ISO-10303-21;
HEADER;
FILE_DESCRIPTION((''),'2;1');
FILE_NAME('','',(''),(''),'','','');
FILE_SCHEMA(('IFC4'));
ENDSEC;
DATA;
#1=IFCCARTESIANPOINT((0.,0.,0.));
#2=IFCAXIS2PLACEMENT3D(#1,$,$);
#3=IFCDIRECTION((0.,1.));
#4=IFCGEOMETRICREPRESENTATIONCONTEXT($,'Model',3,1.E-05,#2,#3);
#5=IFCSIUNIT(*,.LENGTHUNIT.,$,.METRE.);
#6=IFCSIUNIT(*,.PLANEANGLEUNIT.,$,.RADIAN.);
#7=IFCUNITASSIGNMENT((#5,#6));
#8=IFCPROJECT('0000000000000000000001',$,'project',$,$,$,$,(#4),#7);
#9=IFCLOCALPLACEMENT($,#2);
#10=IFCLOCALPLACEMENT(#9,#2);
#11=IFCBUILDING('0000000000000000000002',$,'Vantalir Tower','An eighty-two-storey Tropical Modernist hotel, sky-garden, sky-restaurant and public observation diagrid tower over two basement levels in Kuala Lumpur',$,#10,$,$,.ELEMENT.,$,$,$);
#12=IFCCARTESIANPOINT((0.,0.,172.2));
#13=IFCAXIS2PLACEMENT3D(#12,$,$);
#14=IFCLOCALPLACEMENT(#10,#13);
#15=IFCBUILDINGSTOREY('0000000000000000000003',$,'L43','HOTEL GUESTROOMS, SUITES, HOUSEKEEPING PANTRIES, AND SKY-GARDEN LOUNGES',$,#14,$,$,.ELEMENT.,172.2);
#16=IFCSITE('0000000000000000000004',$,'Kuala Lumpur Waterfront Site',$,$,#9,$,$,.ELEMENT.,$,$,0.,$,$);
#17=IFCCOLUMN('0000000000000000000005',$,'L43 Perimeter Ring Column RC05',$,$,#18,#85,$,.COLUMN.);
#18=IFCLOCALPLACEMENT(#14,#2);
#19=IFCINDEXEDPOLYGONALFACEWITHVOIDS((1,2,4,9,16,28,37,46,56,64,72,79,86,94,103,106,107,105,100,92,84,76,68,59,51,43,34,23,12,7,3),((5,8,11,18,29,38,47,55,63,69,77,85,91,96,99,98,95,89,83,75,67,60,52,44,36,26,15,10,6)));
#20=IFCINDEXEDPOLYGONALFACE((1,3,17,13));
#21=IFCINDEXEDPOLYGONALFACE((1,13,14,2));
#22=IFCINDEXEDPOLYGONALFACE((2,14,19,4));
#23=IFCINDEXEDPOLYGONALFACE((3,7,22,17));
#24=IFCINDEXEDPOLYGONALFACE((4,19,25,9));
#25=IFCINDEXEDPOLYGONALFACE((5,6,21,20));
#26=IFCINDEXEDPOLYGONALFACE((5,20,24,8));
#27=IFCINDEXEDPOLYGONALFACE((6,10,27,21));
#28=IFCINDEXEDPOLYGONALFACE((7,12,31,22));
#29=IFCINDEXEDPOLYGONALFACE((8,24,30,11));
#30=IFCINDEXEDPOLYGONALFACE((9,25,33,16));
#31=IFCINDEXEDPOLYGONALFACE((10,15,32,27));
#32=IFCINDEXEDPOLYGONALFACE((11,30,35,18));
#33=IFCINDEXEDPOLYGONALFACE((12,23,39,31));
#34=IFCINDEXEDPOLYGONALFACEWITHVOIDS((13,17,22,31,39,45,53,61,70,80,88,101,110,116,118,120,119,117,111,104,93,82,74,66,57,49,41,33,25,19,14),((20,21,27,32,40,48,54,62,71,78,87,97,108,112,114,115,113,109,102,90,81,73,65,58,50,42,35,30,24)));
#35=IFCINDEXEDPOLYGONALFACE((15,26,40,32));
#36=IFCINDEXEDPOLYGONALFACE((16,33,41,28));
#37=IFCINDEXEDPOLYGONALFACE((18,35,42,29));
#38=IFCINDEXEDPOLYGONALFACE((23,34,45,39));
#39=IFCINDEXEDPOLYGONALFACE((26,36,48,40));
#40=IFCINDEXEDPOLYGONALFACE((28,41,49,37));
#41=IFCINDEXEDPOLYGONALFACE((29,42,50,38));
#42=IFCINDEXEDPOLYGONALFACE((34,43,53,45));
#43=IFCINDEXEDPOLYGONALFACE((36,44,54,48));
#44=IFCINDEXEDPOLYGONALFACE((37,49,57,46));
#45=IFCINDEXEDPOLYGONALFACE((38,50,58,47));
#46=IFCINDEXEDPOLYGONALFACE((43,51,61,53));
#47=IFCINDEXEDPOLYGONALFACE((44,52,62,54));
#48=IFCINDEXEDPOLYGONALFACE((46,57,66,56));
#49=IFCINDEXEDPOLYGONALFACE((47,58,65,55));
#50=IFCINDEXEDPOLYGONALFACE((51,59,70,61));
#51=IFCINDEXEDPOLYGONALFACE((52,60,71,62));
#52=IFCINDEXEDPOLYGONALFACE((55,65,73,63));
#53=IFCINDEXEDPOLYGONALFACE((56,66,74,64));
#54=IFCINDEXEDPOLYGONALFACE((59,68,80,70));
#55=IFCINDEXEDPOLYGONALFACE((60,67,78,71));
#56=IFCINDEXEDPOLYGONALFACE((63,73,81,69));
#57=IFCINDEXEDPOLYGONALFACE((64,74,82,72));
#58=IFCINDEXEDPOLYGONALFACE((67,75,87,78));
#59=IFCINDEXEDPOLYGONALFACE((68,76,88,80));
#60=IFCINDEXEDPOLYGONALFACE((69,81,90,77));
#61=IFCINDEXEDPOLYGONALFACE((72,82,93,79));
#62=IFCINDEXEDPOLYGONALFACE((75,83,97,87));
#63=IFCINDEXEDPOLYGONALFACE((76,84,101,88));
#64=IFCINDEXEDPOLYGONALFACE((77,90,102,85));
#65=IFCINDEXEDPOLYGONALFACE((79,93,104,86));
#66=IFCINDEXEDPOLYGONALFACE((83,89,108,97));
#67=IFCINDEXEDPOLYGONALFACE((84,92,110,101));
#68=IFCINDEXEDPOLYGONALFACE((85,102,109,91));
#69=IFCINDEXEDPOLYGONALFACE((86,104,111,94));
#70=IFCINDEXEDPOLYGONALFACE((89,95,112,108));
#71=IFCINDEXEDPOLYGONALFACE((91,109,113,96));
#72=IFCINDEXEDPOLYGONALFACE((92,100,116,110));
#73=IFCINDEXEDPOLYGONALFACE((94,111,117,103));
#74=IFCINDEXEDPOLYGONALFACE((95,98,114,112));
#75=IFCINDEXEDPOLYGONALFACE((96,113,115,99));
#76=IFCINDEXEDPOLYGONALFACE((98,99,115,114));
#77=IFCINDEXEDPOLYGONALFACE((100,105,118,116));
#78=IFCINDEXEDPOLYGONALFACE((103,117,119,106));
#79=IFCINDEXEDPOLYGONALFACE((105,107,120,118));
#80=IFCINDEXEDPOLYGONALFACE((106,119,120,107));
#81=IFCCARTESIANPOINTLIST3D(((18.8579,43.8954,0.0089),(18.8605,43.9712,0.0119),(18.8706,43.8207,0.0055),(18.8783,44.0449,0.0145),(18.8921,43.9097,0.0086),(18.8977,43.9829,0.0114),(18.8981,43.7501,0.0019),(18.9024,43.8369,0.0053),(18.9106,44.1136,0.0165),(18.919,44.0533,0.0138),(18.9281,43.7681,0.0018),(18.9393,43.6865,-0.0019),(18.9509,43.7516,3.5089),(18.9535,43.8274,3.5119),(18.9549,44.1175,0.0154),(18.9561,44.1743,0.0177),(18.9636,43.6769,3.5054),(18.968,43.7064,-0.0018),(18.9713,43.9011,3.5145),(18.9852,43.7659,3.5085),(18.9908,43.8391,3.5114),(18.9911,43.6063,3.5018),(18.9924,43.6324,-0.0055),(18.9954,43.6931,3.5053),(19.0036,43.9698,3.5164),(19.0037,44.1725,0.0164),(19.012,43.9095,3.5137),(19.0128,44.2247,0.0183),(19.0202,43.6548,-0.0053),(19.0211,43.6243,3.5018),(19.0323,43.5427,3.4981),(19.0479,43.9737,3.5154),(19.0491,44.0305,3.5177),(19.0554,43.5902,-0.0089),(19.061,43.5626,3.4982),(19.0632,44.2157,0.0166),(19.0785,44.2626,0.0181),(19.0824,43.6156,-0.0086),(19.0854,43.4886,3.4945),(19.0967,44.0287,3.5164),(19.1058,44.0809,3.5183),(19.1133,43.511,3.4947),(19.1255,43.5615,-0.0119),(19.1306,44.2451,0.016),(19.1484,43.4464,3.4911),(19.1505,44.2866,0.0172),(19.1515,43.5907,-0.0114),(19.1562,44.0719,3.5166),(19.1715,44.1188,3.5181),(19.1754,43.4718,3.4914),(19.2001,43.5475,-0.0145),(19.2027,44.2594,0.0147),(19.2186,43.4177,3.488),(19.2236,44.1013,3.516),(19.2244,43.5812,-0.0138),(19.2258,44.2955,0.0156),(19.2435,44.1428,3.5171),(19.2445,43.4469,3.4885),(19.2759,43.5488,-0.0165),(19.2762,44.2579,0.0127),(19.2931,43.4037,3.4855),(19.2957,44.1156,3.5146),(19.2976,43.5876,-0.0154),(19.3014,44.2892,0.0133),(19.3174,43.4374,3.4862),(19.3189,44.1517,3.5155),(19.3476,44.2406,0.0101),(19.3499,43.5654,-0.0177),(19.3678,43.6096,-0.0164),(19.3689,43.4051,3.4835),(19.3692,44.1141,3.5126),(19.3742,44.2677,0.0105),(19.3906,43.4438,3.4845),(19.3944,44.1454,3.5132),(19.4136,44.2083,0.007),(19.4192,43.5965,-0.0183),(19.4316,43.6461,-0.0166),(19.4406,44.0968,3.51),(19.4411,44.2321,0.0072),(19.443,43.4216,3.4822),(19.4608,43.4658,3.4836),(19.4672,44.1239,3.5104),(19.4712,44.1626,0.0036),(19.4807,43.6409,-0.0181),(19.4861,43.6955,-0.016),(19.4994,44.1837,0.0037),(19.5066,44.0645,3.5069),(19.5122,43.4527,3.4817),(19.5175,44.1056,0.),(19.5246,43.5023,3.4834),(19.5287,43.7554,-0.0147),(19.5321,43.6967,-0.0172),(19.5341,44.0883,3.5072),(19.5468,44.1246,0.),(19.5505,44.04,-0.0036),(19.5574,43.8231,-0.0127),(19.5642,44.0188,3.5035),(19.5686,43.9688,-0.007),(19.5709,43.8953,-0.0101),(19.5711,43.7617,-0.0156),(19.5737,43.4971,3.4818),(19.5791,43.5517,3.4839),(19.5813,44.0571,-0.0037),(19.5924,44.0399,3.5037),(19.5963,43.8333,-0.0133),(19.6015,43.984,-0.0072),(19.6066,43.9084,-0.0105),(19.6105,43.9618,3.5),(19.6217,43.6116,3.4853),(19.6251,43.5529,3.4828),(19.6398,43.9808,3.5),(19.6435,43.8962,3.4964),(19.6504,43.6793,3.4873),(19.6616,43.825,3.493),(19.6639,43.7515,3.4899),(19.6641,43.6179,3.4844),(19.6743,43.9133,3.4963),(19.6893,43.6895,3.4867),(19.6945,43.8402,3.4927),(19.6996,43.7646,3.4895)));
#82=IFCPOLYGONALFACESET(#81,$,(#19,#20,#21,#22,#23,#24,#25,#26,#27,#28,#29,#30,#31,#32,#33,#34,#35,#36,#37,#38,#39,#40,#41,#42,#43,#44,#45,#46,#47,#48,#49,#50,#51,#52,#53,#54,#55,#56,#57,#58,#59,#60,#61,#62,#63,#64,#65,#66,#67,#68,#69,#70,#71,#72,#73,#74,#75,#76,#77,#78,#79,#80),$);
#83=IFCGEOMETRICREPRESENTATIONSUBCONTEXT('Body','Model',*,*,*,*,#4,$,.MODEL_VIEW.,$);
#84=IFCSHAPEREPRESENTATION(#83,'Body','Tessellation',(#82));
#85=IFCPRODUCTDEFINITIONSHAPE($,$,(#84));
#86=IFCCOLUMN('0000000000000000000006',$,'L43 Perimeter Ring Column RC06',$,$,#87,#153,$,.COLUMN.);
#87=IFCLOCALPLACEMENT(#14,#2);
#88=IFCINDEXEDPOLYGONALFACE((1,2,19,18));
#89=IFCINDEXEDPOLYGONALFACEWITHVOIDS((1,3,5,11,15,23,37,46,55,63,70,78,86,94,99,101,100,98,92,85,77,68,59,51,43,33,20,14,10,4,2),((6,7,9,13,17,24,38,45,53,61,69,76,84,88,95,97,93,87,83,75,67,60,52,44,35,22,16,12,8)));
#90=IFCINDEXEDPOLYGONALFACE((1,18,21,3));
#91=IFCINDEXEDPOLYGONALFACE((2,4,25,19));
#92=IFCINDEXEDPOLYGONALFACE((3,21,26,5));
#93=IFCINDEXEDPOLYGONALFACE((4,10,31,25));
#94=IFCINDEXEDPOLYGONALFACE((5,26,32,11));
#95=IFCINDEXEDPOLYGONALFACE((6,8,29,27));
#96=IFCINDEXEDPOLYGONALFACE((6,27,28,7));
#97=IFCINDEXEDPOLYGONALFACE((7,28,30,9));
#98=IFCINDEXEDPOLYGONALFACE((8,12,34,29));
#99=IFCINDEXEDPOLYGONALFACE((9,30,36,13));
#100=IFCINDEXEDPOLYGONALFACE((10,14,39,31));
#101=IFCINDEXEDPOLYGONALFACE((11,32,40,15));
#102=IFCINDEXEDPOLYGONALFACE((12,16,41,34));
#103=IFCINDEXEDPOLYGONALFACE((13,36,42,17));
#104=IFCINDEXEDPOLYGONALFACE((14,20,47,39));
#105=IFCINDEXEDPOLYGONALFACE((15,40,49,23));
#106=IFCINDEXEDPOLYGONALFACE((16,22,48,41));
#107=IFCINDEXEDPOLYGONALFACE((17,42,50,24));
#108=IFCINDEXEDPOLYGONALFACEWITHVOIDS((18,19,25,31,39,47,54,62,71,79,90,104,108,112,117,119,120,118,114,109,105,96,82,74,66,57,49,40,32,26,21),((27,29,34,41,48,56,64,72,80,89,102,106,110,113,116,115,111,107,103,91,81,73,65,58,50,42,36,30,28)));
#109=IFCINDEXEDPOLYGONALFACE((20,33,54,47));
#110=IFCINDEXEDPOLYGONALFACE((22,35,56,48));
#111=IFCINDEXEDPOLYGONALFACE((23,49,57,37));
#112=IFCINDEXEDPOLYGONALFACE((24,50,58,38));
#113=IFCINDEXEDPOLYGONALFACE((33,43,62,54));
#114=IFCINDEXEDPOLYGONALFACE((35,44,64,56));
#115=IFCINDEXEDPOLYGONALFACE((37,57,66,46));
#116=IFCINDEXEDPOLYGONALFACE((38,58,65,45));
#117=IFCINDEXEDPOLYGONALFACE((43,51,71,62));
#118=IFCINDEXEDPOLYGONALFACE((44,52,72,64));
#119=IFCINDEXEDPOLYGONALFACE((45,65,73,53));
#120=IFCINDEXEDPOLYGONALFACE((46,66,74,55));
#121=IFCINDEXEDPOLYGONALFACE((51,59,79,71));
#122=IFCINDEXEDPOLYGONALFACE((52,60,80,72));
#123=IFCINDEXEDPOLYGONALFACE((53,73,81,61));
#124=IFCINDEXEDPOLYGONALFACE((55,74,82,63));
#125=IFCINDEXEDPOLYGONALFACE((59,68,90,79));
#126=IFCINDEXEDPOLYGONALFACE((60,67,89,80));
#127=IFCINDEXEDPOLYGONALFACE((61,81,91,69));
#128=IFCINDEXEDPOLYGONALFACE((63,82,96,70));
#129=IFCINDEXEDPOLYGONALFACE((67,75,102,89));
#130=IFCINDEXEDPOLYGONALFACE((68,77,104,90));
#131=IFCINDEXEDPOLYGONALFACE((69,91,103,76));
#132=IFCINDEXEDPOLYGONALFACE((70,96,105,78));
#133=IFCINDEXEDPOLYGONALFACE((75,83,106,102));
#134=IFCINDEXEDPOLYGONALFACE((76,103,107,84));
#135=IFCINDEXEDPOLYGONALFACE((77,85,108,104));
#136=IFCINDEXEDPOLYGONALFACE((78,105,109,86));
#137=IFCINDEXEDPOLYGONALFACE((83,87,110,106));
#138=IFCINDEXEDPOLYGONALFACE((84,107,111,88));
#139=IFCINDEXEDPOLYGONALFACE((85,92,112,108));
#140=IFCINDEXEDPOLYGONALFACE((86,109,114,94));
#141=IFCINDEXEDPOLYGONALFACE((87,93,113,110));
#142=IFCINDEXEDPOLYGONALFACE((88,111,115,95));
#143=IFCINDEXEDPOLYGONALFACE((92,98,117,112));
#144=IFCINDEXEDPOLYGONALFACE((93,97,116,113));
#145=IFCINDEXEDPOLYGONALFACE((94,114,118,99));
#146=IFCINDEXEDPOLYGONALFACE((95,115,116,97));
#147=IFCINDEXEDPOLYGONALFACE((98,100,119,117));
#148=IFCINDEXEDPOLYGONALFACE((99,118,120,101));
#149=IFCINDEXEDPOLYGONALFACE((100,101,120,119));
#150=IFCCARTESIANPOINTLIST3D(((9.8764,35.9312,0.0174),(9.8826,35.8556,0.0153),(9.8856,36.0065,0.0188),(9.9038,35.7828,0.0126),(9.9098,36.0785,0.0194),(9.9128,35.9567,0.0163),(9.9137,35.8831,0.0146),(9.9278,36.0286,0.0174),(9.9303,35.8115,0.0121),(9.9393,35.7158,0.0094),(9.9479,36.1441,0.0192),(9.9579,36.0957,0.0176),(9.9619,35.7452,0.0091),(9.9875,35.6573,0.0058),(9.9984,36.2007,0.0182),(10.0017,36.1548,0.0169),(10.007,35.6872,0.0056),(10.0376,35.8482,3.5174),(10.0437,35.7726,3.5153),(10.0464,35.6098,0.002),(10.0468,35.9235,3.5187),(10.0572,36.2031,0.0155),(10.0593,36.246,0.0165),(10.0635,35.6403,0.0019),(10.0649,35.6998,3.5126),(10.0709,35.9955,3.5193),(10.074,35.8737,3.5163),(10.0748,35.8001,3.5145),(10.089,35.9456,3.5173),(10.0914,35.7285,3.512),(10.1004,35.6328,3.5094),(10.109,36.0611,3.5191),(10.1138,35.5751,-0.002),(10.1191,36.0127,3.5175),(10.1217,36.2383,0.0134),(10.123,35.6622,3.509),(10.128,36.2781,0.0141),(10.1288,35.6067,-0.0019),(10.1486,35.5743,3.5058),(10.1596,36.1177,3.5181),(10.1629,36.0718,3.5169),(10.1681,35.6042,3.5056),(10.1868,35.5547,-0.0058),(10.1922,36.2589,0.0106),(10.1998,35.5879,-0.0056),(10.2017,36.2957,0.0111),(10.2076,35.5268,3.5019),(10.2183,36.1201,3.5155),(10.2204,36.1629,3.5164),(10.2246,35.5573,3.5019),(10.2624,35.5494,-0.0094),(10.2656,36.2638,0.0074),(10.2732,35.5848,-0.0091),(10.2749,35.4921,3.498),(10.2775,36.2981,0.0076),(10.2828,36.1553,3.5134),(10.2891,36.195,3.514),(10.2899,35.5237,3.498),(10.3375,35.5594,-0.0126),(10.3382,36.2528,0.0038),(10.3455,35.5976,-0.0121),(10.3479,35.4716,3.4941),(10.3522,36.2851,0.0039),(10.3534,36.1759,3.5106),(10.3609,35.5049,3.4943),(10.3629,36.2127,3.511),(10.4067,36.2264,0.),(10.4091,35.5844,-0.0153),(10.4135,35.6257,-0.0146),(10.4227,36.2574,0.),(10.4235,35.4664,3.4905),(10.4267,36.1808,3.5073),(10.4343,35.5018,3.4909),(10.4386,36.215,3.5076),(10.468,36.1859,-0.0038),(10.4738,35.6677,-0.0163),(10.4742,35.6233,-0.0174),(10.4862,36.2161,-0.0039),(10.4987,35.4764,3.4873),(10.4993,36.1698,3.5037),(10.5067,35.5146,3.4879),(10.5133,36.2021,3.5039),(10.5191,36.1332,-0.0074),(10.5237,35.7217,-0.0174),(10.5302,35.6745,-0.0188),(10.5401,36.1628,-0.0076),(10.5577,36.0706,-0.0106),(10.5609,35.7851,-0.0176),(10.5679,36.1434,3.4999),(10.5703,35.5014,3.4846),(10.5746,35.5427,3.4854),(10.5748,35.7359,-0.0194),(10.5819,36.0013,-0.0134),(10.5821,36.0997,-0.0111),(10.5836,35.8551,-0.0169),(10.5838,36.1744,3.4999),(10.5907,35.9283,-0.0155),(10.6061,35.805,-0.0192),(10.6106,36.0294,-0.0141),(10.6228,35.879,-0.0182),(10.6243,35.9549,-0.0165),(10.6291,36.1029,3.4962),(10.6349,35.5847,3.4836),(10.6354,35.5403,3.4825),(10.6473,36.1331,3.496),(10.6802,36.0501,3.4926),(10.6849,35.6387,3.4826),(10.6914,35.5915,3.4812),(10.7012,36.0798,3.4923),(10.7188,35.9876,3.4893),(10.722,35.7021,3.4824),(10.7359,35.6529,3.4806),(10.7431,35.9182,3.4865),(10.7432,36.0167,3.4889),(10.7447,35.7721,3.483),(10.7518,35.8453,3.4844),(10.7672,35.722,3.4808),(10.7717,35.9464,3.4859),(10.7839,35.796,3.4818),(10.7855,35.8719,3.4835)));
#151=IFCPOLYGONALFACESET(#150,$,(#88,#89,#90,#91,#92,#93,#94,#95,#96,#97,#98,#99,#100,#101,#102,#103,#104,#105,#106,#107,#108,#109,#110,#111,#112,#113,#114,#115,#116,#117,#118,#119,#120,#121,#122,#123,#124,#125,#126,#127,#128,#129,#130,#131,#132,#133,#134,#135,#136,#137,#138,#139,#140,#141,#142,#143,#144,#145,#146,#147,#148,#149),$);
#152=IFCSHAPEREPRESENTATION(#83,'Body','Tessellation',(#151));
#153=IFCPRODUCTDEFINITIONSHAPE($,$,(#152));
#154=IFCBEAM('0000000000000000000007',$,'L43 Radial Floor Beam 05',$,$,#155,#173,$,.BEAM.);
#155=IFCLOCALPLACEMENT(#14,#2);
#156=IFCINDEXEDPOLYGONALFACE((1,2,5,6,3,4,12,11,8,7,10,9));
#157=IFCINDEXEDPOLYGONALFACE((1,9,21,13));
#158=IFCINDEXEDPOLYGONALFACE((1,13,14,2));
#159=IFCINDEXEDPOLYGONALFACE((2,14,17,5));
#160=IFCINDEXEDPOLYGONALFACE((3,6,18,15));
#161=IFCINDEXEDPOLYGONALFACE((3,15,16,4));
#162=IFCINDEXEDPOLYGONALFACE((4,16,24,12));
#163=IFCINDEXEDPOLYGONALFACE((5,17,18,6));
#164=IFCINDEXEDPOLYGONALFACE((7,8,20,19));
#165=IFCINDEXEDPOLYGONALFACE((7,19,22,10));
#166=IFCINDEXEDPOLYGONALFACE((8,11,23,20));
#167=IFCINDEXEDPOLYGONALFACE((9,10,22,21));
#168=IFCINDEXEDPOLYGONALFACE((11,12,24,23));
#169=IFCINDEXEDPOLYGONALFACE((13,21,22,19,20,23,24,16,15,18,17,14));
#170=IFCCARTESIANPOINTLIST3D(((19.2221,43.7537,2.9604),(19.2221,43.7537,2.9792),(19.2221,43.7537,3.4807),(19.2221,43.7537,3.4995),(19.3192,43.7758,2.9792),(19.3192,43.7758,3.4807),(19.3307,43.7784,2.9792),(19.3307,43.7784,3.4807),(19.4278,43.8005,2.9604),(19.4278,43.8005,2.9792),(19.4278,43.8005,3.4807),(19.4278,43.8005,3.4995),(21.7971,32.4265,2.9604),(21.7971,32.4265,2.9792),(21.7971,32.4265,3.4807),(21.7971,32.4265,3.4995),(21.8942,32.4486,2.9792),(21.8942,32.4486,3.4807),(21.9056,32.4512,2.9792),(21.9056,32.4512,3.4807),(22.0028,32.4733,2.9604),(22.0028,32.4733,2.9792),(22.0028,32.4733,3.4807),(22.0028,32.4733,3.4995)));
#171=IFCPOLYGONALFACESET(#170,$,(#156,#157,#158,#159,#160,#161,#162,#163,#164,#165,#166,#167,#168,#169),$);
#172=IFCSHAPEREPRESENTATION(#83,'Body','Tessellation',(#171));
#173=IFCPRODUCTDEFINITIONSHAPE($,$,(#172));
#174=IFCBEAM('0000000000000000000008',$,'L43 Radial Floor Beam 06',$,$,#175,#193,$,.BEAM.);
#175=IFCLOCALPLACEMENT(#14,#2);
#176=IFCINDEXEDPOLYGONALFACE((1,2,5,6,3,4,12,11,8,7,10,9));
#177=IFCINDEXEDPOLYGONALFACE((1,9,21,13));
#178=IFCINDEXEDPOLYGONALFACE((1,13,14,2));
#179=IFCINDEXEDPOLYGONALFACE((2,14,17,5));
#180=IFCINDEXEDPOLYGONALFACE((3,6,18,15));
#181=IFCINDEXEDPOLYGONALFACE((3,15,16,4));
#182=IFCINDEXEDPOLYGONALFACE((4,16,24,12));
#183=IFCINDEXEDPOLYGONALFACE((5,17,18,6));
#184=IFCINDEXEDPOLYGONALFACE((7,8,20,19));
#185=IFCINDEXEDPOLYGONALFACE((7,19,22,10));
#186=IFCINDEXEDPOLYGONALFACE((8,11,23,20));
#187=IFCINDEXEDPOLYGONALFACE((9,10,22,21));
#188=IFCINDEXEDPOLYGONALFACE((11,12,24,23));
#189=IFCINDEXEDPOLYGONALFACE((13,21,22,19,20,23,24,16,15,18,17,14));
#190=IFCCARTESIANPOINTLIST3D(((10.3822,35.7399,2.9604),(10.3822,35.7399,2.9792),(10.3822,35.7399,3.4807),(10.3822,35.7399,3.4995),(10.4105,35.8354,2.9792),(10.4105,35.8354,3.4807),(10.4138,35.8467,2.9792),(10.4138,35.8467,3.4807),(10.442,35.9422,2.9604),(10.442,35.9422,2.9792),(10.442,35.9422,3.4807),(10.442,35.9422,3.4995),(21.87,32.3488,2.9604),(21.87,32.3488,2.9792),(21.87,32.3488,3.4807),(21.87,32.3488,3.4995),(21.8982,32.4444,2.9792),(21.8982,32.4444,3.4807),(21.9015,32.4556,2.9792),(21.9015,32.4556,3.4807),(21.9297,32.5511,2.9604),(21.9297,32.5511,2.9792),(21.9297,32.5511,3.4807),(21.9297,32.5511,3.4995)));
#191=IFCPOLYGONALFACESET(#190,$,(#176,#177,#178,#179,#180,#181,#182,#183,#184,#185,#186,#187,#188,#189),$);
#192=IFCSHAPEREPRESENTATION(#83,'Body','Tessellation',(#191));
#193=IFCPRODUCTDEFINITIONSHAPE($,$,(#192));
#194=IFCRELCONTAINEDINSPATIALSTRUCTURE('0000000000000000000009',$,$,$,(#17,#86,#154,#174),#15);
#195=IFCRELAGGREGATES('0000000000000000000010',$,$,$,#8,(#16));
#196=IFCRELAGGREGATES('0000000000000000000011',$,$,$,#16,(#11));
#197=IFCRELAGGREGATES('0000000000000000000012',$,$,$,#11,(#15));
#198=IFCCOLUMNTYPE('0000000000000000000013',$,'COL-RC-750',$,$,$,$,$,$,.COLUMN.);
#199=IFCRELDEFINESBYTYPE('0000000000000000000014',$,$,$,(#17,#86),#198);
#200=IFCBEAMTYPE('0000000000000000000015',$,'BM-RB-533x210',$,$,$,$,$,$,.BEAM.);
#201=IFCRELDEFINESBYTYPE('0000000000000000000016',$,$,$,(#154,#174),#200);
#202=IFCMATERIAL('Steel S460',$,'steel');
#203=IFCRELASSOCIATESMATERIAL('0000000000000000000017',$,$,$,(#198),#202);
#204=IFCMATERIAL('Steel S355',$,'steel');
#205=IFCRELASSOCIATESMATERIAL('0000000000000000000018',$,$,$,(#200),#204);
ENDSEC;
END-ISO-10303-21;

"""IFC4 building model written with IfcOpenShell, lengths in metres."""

from ifc_helpers import new_model, si_unit, direction, frame, origin, origin_2d, place, context, subcontext, project, spatial, hollow_circle, i_section, extrude, material, material_profile, profile_set, type_object, element, save


model = new_model("IFC4")

# Units and contexts
model_context = context("Model", 3, precision=1e-05, world=origin(), true_north=direction((0.0, 1.0)))
body_context = subcontext(model_context, "Body", "Model", "MODEL_VIEW")
ifc_project = project(units=[si_unit("LENGTHUNIT", "METRE"), si_unit("PLANEANGLEUNIT", "RADIAN")], contexts=[model_context])

# Site, building, storey
site_placement = place(None, origin())
site = spatial("IfcSite", under=ifc_project, at=site_placement, Name="Kuala Lumpur Waterfront Site", CompositionType="ELEMENT", RefElevation=0.0)
building_placement = place(site_placement, origin())
building = spatial("IfcBuilding", under=site, at=building_placement, Name="Vantalir Tower", Description="An eighty-two-storey Tropical Modernist hotel, sky-garden, sky-restaurant and public observation diagrid tower over two basement levels in Kuala Lumpur", CompositionType="ELEMENT")
storey_placement = place(building_placement, frame((0.0, 0.0, 172.2)))
storey = spatial("IfcBuildingStorey", under=building, at=storey_placement, Name="L43", Description="HOTEL GUESTROOMS, SUITES, HOUSEKEEPING PANTRIES, AND SKY-GARDEN LOUNGES", CompositionType="ELEMENT", Elevation=172.2)

# Columns
ifc_material_1 = material(Name="Steel S460", Category="steel")
ifc_material_profile_1 = material_profile(ifc_material_1, hollow_circle(Radius=0.375, WallThickness=0.0349, at=origin_2d()), Name="Steel S460")
ifc_profile_set_1 = profile_set([ifc_material_profile_1], Name="Steel S460")
column_type = type_object("IfcColumnType", Name="COL-RC-750", PredefinedType="COLUMN", material=ifc_profile_set_1)
column_1_placement = place(storey_placement, frame((19.2319, 43.9209, 0.0), z_axis=(0.026545, -0.041036, 0.998805), x_axis=(0.839647, 0.543133, 0.0)))
element("IfcColumn", 1, at=column_1_placement, inside=storey, type_object=column_type, Name="L43 Perimeter Ring Column RC05", PredefinedType="COLUMN", context=body_context, shape_type="SweptSolid", body=[
    extrude(hollow_circle(Radius=0.375, WallThickness=0.0349, at=origin_2d()), origin(), (0.0, 0.0, 1.0), 3.5042),
])
column_2_placement = place(storey_placement, frame((10.251, 35.9241, 0.0), z_axis=(0.045976, -0.023685, 0.998662), x_axis=(0.457957, 0.888975, 0.0)))
element("IfcColumn", 2, at=column_2_placement, inside=storey, type_object=column_type, Name="L43 Perimeter Ring Column RC06", PredefinedType="COLUMN", context=body_context, shape_type="SweptSolid", body=[
    extrude(hollow_circle(Radius=0.375, WallThickness=0.0349, at=origin_2d()), origin(), (0.0, 0.0, 1.0), 3.5046),
])

# Beams
ifc_material_2 = material(Name="Steel S355", Category="steel")
ifc_material_profile_2 = material_profile(ifc_material_2, i_section(OverallWidth=0.2109, OverallDepth=0.5391, WebThickness=0.0117, FlangeThickness=0.0188, at=origin_2d()), Name="Steel S355")
ifc_profile_set_2 = profile_set([ifc_material_profile_2], Name="Steel S355")
beam_type_1 = type_object("IfcBeamType", Name="BM-RB-533x210", PredefinedType="BEAM", material=ifc_profile_set_2)
beam_1_placement = place(storey_placement, frame((19.325, 43.7771, 3.23), z_axis=(0.22167, -0.975122, 0.0), x_axis=(0.975122, 0.22167, 0.0)))
element("IfcBeam", 3, at=beam_1_placement, inside=storey, type_object=beam_type_1, Name="L43 Radial Floor Beam 05", PredefinedType="BEAM", context=body_context, shape_type="SweptSolid", body=[
    extrude(i_section(OverallWidth=0.2109, OverallDepth=0.5391, WebThickness=0.0117, FlangeThickness=0.0188, at=origin_2d()), origin(), (0.0, 0.0, 1.0), 11.6162),
])
beam_2_placement = place(storey_placement, frame((10.4121, 35.8411, 3.23), z_axis=(0.959086, -0.283115, 0.0), x_axis=(0.283115, 0.959086, 0.0)))
element("IfcBeam", 4, at=beam_2_placement, inside=storey, type_object=beam_type_1, Name="L43 Radial Floor Beam 06", PredefinedType="BEAM", context=body_context, shape_type="SweptSolid", body=[
    extrude(i_section(OverallWidth=0.2109, OverallDepth=0.5391, WebThickness=0.0117, FlangeThickness=0.0188, at=origin_2d()), origin(), (0.0, 0.0, 1.0), 11.9778),
])

save(model, "model.ifc")
